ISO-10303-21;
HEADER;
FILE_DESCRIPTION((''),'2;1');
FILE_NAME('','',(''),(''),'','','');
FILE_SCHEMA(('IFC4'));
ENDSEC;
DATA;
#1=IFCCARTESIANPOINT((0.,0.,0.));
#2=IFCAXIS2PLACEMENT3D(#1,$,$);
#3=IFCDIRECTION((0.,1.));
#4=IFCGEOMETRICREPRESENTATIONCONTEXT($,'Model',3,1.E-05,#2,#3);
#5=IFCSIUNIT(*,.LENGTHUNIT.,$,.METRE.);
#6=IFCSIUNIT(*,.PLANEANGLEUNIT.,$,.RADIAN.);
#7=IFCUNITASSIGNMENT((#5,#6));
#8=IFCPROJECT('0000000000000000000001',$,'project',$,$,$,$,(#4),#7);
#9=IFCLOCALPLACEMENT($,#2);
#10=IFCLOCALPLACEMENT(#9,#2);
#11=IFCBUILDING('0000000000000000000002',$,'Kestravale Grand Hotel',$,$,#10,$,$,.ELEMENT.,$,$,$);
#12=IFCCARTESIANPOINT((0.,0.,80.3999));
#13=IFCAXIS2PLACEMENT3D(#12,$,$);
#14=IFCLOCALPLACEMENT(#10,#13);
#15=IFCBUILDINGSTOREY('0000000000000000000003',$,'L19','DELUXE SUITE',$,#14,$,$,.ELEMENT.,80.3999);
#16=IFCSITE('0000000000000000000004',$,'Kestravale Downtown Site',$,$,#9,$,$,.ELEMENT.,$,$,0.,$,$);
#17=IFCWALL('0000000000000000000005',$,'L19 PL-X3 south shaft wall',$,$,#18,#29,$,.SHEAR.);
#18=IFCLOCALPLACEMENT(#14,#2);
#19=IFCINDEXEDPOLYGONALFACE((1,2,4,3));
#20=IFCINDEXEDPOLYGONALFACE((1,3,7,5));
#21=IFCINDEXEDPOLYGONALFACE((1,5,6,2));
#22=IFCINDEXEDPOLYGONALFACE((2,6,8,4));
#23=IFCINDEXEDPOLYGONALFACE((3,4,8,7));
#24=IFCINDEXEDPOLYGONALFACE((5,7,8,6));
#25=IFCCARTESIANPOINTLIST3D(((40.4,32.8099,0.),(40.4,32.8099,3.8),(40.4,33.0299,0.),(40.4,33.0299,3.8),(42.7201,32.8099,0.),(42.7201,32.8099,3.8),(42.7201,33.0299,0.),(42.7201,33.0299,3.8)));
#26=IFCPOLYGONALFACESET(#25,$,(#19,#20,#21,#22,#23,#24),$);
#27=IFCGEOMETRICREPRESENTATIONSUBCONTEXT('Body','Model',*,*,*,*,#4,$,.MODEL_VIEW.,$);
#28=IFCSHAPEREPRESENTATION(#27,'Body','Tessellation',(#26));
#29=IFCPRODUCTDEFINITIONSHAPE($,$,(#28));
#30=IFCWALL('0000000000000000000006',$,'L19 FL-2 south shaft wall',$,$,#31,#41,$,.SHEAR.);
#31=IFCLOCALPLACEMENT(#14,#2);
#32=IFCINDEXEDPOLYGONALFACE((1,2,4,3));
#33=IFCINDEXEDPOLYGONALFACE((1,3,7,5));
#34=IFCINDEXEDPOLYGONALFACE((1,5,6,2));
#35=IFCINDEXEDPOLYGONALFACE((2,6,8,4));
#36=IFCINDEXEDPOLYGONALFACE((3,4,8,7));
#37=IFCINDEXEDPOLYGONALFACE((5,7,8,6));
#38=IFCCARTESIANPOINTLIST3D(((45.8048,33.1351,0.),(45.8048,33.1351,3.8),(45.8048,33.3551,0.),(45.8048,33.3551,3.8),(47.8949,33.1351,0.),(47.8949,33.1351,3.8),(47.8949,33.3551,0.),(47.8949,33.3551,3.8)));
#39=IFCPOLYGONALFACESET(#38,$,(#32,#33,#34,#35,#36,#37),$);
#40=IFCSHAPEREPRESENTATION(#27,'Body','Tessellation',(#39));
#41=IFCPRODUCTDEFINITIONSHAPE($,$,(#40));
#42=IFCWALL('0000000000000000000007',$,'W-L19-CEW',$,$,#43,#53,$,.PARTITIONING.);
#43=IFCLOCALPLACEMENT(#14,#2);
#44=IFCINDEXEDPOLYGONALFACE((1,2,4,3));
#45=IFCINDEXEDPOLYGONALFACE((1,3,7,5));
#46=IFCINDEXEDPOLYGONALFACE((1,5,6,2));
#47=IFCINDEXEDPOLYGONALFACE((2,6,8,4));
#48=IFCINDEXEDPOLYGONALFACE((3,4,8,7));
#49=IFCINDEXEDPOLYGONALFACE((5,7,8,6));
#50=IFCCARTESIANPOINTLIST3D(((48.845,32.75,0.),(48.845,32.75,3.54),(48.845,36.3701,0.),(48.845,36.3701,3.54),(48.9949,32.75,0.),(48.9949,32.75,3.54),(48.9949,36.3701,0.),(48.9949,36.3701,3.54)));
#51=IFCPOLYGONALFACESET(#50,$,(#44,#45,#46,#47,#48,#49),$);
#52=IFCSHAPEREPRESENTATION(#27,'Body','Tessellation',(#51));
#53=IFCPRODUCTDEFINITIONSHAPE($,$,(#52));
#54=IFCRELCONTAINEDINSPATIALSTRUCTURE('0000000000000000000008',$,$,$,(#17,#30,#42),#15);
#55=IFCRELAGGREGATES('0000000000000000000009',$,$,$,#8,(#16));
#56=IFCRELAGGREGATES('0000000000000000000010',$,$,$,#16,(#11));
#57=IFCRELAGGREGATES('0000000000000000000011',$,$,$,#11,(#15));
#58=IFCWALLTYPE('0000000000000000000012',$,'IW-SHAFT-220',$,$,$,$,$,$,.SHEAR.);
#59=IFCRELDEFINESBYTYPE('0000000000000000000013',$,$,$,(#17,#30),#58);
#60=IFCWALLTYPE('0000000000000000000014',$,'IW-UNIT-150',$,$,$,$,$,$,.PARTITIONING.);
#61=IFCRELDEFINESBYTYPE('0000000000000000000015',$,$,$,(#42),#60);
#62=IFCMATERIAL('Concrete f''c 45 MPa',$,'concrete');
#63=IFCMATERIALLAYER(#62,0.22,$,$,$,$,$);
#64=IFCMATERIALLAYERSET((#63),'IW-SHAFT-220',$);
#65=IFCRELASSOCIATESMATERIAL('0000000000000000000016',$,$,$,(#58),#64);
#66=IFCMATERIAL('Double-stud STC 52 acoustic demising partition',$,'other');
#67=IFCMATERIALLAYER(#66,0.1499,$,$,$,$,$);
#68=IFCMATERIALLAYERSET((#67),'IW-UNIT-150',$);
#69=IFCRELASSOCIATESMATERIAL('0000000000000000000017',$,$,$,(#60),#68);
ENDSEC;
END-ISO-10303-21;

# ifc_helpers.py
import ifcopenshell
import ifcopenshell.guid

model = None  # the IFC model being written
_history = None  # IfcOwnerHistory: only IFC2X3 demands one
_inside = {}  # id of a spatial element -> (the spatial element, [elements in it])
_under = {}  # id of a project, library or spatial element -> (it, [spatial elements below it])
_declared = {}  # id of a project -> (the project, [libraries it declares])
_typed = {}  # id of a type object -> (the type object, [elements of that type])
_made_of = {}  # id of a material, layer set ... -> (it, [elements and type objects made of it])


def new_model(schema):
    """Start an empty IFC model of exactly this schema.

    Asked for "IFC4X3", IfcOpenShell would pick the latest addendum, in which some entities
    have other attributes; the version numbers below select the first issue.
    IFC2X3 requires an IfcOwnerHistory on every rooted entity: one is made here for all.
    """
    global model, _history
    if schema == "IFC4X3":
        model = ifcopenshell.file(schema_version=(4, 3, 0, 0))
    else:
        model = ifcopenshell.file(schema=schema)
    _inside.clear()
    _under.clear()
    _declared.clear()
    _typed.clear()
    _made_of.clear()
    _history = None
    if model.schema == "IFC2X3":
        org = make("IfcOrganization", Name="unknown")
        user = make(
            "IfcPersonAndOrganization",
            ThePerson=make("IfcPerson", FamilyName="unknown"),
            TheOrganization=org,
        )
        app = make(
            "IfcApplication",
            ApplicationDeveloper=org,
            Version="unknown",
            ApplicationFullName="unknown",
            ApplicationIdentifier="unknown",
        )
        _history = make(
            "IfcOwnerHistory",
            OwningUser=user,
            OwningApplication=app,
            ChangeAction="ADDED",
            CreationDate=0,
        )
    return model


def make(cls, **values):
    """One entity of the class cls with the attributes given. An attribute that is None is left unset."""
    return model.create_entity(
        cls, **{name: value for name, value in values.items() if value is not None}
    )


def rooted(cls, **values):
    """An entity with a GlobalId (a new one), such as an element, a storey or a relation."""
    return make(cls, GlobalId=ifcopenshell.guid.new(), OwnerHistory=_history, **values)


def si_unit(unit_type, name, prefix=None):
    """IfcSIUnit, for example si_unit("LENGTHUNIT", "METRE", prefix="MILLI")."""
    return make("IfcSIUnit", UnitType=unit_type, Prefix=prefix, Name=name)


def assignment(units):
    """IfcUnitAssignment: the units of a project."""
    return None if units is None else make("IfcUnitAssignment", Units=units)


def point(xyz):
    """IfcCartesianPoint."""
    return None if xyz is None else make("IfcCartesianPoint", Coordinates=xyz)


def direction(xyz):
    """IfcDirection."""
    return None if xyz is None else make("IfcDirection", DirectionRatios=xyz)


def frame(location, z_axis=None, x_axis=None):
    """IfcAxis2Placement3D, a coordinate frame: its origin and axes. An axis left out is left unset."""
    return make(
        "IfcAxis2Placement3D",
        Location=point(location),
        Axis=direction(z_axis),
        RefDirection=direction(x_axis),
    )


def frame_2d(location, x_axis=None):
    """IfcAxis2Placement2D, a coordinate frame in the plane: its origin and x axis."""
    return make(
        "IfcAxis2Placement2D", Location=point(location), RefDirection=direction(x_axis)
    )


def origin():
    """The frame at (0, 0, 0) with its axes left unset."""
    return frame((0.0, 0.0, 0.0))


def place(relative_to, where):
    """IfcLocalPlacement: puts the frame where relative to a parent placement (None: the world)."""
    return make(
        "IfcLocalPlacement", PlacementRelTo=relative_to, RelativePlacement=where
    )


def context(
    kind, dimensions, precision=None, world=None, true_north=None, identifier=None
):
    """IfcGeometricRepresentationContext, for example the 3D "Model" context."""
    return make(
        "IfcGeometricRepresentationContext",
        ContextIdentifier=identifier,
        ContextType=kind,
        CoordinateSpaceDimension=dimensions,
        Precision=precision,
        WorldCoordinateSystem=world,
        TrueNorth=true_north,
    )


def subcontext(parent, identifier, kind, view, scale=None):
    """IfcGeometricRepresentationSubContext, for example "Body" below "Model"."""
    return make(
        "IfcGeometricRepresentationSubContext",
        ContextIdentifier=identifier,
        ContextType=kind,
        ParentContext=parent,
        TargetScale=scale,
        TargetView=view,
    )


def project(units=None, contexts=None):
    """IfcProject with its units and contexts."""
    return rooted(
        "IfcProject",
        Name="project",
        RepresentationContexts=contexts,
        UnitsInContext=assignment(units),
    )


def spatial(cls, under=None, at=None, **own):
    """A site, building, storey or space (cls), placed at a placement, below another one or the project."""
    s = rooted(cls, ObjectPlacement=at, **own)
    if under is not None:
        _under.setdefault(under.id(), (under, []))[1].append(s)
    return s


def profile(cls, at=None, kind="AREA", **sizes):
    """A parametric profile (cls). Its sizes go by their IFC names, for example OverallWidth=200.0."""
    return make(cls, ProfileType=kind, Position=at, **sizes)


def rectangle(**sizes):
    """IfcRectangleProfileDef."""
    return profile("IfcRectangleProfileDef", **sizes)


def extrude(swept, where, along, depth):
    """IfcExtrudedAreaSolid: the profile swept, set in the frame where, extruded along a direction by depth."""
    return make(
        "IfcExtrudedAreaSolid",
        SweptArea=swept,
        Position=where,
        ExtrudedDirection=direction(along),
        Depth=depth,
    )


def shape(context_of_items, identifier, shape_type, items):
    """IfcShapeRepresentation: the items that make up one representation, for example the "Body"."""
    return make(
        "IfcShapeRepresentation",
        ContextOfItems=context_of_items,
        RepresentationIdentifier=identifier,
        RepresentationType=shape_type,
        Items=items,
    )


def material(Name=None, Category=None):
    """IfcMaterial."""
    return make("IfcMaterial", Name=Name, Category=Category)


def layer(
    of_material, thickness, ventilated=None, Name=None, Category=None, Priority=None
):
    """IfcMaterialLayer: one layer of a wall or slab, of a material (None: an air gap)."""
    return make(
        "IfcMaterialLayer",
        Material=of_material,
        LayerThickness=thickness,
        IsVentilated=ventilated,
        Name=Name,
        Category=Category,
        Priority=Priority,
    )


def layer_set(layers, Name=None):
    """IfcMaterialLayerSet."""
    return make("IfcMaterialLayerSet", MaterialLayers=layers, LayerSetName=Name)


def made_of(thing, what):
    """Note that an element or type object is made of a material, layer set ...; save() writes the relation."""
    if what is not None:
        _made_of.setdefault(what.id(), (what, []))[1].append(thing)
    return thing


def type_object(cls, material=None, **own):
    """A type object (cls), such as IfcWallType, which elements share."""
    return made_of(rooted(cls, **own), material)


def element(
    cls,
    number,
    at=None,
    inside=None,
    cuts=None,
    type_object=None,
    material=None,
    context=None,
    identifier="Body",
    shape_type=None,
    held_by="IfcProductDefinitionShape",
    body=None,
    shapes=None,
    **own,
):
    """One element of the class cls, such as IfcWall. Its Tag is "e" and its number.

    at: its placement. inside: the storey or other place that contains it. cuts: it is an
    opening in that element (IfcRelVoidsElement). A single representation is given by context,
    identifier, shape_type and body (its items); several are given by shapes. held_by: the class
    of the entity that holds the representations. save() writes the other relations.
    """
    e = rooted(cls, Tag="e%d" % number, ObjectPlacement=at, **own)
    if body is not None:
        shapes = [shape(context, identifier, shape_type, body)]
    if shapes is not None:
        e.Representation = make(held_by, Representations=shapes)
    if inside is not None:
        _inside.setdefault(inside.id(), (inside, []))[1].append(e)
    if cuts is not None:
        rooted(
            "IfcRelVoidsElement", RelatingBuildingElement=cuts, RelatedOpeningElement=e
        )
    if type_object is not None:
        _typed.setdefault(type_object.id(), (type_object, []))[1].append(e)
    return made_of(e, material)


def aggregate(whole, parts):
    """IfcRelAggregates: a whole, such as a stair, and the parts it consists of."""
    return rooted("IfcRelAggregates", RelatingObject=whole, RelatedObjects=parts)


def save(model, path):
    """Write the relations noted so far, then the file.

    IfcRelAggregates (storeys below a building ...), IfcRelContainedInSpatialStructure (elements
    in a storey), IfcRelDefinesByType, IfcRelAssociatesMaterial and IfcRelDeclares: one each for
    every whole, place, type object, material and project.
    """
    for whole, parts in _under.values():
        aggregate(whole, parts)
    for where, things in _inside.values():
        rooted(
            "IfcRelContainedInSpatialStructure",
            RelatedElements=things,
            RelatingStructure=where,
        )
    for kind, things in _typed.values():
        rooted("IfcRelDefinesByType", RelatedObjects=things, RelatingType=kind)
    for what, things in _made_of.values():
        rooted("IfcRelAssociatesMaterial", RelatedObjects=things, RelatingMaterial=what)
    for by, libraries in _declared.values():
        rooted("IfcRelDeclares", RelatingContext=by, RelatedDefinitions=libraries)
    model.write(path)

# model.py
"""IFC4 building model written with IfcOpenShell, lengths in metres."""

from ifc_helpers import new_model, si_unit, direction, frame, frame_2d, origin, place, context, subcontext, project, spatial, rectangle, extrude, material, layer, layer_set, type_object, element, save


model = new_model("IFC4")

# Units and contexts
model_context = context("Model", 3, precision=1e-05, world=origin(), true_north=direction((0.0, 1.0)))
body_context = subcontext(model_context, "Body", "Model", "MODEL_VIEW")
ifc_project = project(units=[si_unit("LENGTHUNIT", "METRE"), si_unit("PLANEANGLEUNIT", "RADIAN")], contexts=[model_context])

# Site, building, storey
site_placement = place(None, origin())
site = spatial("IfcSite", under=ifc_project, at=site_placement, Name="Kestravale Downtown Site", CompositionType="ELEMENT", RefElevation=0.0)
building_placement = place(site_placement, origin())
building = spatial("IfcBuilding", under=site, at=building_placement, Name="Kestravale Grand Hotel", CompositionType="ELEMENT")
storey_placement = place(building_placement, frame((0.0, 0.0, 80.3999)))
storey = spatial("IfcBuildingStorey", under=building, at=storey_placement, Name="L19", Description="DELUXE SUITE", CompositionType="ELEMENT", Elevation=80.3999)

# Wall
ifc_material_1 = material(Name="Concrete f'c 45 MPa", Category="concrete")
ifc_layer_1 = layer(ifc_material_1, 0.22)
ifc_layer_set_1 = layer_set([ifc_layer_1], Name="IW-SHAFT-220")
wall_type_1 = type_object("IfcWallType", Name="IW-SHAFT-220", PredefinedType="SHEAR", material=ifc_layer_set_1)
for number, where, z_axis, x_axis, name in (
    (1, (40.3999, 32.9199, 0.0), (0.0, 0.0, 1.0), (1.0, 0.0, 0.0), "L19 PL-X3 south shaft wall"),
):
    element("IfcWall", number, at=place(storey_placement, frame(where, z_axis=z_axis, x_axis=x_axis)), inside=storey, type_object=wall_type_1, Name=name, PredefinedType="SHEAR", context=body_context, shape_type="SweptSolid", body=[
        extrude(rectangle(XDim=2.3201, YDim=0.22, at=frame_2d((1.1602, 0.0))), origin(), (0.0, 0.0, 1.0), 3.8),
    ])

# Walls
wall_1_placement = place(storey_placement, frame((45.8049, 33.2451, 0.0), z_axis=(0.0, 0.0, 1.0), x_axis=(1.0, 0.0, 0.0)))
element("IfcWall", 2, at=wall_1_placement, inside=storey, type_object=wall_type_1, Name="L19 FL-2 south shaft wall", PredefinedType="SHEAR", context=body_context, shape_type="SweptSolid", body=[
    extrude(rectangle(XDim=2.0901, YDim=0.22, at=frame_2d((1.0449, 0.0))), origin(), (0.0, 0.0, 1.0), 3.8),
])
ifc_material_2 = material(Name="Double-stud STC 52 acoustic demising partition", Category="other")
ifc_layer_2 = layer(ifc_material_2, 0.1499)
ifc_layer_set_2 = layer_set([ifc_layer_2], Name="IW-UNIT-150")
wall_type_2 = type_object("IfcWallType", Name="IW-UNIT-150", PredefinedType="PARTITIONING", material=ifc_layer_set_2)
wall_2_placement = place(storey_placement, frame((48.9199, 32.75, 0.0), z_axis=(0.0, 0.0, 1.0), x_axis=(0.0, 1.0, 0.0)))
element("IfcWall", 3, at=wall_2_placement, inside=storey, type_object=wall_type_2, Name="W-L19-CEW", PredefinedType="PARTITIONING", context=body_context, shape_type="SweptSolid", body=[
    extrude(rectangle(XDim=3.6201, YDim=0.1499, at=frame_2d((1.8101, 0.0))), origin(), (0.0, 0.0, 1.0), 3.54),
])

save(model, "model.ifc")
